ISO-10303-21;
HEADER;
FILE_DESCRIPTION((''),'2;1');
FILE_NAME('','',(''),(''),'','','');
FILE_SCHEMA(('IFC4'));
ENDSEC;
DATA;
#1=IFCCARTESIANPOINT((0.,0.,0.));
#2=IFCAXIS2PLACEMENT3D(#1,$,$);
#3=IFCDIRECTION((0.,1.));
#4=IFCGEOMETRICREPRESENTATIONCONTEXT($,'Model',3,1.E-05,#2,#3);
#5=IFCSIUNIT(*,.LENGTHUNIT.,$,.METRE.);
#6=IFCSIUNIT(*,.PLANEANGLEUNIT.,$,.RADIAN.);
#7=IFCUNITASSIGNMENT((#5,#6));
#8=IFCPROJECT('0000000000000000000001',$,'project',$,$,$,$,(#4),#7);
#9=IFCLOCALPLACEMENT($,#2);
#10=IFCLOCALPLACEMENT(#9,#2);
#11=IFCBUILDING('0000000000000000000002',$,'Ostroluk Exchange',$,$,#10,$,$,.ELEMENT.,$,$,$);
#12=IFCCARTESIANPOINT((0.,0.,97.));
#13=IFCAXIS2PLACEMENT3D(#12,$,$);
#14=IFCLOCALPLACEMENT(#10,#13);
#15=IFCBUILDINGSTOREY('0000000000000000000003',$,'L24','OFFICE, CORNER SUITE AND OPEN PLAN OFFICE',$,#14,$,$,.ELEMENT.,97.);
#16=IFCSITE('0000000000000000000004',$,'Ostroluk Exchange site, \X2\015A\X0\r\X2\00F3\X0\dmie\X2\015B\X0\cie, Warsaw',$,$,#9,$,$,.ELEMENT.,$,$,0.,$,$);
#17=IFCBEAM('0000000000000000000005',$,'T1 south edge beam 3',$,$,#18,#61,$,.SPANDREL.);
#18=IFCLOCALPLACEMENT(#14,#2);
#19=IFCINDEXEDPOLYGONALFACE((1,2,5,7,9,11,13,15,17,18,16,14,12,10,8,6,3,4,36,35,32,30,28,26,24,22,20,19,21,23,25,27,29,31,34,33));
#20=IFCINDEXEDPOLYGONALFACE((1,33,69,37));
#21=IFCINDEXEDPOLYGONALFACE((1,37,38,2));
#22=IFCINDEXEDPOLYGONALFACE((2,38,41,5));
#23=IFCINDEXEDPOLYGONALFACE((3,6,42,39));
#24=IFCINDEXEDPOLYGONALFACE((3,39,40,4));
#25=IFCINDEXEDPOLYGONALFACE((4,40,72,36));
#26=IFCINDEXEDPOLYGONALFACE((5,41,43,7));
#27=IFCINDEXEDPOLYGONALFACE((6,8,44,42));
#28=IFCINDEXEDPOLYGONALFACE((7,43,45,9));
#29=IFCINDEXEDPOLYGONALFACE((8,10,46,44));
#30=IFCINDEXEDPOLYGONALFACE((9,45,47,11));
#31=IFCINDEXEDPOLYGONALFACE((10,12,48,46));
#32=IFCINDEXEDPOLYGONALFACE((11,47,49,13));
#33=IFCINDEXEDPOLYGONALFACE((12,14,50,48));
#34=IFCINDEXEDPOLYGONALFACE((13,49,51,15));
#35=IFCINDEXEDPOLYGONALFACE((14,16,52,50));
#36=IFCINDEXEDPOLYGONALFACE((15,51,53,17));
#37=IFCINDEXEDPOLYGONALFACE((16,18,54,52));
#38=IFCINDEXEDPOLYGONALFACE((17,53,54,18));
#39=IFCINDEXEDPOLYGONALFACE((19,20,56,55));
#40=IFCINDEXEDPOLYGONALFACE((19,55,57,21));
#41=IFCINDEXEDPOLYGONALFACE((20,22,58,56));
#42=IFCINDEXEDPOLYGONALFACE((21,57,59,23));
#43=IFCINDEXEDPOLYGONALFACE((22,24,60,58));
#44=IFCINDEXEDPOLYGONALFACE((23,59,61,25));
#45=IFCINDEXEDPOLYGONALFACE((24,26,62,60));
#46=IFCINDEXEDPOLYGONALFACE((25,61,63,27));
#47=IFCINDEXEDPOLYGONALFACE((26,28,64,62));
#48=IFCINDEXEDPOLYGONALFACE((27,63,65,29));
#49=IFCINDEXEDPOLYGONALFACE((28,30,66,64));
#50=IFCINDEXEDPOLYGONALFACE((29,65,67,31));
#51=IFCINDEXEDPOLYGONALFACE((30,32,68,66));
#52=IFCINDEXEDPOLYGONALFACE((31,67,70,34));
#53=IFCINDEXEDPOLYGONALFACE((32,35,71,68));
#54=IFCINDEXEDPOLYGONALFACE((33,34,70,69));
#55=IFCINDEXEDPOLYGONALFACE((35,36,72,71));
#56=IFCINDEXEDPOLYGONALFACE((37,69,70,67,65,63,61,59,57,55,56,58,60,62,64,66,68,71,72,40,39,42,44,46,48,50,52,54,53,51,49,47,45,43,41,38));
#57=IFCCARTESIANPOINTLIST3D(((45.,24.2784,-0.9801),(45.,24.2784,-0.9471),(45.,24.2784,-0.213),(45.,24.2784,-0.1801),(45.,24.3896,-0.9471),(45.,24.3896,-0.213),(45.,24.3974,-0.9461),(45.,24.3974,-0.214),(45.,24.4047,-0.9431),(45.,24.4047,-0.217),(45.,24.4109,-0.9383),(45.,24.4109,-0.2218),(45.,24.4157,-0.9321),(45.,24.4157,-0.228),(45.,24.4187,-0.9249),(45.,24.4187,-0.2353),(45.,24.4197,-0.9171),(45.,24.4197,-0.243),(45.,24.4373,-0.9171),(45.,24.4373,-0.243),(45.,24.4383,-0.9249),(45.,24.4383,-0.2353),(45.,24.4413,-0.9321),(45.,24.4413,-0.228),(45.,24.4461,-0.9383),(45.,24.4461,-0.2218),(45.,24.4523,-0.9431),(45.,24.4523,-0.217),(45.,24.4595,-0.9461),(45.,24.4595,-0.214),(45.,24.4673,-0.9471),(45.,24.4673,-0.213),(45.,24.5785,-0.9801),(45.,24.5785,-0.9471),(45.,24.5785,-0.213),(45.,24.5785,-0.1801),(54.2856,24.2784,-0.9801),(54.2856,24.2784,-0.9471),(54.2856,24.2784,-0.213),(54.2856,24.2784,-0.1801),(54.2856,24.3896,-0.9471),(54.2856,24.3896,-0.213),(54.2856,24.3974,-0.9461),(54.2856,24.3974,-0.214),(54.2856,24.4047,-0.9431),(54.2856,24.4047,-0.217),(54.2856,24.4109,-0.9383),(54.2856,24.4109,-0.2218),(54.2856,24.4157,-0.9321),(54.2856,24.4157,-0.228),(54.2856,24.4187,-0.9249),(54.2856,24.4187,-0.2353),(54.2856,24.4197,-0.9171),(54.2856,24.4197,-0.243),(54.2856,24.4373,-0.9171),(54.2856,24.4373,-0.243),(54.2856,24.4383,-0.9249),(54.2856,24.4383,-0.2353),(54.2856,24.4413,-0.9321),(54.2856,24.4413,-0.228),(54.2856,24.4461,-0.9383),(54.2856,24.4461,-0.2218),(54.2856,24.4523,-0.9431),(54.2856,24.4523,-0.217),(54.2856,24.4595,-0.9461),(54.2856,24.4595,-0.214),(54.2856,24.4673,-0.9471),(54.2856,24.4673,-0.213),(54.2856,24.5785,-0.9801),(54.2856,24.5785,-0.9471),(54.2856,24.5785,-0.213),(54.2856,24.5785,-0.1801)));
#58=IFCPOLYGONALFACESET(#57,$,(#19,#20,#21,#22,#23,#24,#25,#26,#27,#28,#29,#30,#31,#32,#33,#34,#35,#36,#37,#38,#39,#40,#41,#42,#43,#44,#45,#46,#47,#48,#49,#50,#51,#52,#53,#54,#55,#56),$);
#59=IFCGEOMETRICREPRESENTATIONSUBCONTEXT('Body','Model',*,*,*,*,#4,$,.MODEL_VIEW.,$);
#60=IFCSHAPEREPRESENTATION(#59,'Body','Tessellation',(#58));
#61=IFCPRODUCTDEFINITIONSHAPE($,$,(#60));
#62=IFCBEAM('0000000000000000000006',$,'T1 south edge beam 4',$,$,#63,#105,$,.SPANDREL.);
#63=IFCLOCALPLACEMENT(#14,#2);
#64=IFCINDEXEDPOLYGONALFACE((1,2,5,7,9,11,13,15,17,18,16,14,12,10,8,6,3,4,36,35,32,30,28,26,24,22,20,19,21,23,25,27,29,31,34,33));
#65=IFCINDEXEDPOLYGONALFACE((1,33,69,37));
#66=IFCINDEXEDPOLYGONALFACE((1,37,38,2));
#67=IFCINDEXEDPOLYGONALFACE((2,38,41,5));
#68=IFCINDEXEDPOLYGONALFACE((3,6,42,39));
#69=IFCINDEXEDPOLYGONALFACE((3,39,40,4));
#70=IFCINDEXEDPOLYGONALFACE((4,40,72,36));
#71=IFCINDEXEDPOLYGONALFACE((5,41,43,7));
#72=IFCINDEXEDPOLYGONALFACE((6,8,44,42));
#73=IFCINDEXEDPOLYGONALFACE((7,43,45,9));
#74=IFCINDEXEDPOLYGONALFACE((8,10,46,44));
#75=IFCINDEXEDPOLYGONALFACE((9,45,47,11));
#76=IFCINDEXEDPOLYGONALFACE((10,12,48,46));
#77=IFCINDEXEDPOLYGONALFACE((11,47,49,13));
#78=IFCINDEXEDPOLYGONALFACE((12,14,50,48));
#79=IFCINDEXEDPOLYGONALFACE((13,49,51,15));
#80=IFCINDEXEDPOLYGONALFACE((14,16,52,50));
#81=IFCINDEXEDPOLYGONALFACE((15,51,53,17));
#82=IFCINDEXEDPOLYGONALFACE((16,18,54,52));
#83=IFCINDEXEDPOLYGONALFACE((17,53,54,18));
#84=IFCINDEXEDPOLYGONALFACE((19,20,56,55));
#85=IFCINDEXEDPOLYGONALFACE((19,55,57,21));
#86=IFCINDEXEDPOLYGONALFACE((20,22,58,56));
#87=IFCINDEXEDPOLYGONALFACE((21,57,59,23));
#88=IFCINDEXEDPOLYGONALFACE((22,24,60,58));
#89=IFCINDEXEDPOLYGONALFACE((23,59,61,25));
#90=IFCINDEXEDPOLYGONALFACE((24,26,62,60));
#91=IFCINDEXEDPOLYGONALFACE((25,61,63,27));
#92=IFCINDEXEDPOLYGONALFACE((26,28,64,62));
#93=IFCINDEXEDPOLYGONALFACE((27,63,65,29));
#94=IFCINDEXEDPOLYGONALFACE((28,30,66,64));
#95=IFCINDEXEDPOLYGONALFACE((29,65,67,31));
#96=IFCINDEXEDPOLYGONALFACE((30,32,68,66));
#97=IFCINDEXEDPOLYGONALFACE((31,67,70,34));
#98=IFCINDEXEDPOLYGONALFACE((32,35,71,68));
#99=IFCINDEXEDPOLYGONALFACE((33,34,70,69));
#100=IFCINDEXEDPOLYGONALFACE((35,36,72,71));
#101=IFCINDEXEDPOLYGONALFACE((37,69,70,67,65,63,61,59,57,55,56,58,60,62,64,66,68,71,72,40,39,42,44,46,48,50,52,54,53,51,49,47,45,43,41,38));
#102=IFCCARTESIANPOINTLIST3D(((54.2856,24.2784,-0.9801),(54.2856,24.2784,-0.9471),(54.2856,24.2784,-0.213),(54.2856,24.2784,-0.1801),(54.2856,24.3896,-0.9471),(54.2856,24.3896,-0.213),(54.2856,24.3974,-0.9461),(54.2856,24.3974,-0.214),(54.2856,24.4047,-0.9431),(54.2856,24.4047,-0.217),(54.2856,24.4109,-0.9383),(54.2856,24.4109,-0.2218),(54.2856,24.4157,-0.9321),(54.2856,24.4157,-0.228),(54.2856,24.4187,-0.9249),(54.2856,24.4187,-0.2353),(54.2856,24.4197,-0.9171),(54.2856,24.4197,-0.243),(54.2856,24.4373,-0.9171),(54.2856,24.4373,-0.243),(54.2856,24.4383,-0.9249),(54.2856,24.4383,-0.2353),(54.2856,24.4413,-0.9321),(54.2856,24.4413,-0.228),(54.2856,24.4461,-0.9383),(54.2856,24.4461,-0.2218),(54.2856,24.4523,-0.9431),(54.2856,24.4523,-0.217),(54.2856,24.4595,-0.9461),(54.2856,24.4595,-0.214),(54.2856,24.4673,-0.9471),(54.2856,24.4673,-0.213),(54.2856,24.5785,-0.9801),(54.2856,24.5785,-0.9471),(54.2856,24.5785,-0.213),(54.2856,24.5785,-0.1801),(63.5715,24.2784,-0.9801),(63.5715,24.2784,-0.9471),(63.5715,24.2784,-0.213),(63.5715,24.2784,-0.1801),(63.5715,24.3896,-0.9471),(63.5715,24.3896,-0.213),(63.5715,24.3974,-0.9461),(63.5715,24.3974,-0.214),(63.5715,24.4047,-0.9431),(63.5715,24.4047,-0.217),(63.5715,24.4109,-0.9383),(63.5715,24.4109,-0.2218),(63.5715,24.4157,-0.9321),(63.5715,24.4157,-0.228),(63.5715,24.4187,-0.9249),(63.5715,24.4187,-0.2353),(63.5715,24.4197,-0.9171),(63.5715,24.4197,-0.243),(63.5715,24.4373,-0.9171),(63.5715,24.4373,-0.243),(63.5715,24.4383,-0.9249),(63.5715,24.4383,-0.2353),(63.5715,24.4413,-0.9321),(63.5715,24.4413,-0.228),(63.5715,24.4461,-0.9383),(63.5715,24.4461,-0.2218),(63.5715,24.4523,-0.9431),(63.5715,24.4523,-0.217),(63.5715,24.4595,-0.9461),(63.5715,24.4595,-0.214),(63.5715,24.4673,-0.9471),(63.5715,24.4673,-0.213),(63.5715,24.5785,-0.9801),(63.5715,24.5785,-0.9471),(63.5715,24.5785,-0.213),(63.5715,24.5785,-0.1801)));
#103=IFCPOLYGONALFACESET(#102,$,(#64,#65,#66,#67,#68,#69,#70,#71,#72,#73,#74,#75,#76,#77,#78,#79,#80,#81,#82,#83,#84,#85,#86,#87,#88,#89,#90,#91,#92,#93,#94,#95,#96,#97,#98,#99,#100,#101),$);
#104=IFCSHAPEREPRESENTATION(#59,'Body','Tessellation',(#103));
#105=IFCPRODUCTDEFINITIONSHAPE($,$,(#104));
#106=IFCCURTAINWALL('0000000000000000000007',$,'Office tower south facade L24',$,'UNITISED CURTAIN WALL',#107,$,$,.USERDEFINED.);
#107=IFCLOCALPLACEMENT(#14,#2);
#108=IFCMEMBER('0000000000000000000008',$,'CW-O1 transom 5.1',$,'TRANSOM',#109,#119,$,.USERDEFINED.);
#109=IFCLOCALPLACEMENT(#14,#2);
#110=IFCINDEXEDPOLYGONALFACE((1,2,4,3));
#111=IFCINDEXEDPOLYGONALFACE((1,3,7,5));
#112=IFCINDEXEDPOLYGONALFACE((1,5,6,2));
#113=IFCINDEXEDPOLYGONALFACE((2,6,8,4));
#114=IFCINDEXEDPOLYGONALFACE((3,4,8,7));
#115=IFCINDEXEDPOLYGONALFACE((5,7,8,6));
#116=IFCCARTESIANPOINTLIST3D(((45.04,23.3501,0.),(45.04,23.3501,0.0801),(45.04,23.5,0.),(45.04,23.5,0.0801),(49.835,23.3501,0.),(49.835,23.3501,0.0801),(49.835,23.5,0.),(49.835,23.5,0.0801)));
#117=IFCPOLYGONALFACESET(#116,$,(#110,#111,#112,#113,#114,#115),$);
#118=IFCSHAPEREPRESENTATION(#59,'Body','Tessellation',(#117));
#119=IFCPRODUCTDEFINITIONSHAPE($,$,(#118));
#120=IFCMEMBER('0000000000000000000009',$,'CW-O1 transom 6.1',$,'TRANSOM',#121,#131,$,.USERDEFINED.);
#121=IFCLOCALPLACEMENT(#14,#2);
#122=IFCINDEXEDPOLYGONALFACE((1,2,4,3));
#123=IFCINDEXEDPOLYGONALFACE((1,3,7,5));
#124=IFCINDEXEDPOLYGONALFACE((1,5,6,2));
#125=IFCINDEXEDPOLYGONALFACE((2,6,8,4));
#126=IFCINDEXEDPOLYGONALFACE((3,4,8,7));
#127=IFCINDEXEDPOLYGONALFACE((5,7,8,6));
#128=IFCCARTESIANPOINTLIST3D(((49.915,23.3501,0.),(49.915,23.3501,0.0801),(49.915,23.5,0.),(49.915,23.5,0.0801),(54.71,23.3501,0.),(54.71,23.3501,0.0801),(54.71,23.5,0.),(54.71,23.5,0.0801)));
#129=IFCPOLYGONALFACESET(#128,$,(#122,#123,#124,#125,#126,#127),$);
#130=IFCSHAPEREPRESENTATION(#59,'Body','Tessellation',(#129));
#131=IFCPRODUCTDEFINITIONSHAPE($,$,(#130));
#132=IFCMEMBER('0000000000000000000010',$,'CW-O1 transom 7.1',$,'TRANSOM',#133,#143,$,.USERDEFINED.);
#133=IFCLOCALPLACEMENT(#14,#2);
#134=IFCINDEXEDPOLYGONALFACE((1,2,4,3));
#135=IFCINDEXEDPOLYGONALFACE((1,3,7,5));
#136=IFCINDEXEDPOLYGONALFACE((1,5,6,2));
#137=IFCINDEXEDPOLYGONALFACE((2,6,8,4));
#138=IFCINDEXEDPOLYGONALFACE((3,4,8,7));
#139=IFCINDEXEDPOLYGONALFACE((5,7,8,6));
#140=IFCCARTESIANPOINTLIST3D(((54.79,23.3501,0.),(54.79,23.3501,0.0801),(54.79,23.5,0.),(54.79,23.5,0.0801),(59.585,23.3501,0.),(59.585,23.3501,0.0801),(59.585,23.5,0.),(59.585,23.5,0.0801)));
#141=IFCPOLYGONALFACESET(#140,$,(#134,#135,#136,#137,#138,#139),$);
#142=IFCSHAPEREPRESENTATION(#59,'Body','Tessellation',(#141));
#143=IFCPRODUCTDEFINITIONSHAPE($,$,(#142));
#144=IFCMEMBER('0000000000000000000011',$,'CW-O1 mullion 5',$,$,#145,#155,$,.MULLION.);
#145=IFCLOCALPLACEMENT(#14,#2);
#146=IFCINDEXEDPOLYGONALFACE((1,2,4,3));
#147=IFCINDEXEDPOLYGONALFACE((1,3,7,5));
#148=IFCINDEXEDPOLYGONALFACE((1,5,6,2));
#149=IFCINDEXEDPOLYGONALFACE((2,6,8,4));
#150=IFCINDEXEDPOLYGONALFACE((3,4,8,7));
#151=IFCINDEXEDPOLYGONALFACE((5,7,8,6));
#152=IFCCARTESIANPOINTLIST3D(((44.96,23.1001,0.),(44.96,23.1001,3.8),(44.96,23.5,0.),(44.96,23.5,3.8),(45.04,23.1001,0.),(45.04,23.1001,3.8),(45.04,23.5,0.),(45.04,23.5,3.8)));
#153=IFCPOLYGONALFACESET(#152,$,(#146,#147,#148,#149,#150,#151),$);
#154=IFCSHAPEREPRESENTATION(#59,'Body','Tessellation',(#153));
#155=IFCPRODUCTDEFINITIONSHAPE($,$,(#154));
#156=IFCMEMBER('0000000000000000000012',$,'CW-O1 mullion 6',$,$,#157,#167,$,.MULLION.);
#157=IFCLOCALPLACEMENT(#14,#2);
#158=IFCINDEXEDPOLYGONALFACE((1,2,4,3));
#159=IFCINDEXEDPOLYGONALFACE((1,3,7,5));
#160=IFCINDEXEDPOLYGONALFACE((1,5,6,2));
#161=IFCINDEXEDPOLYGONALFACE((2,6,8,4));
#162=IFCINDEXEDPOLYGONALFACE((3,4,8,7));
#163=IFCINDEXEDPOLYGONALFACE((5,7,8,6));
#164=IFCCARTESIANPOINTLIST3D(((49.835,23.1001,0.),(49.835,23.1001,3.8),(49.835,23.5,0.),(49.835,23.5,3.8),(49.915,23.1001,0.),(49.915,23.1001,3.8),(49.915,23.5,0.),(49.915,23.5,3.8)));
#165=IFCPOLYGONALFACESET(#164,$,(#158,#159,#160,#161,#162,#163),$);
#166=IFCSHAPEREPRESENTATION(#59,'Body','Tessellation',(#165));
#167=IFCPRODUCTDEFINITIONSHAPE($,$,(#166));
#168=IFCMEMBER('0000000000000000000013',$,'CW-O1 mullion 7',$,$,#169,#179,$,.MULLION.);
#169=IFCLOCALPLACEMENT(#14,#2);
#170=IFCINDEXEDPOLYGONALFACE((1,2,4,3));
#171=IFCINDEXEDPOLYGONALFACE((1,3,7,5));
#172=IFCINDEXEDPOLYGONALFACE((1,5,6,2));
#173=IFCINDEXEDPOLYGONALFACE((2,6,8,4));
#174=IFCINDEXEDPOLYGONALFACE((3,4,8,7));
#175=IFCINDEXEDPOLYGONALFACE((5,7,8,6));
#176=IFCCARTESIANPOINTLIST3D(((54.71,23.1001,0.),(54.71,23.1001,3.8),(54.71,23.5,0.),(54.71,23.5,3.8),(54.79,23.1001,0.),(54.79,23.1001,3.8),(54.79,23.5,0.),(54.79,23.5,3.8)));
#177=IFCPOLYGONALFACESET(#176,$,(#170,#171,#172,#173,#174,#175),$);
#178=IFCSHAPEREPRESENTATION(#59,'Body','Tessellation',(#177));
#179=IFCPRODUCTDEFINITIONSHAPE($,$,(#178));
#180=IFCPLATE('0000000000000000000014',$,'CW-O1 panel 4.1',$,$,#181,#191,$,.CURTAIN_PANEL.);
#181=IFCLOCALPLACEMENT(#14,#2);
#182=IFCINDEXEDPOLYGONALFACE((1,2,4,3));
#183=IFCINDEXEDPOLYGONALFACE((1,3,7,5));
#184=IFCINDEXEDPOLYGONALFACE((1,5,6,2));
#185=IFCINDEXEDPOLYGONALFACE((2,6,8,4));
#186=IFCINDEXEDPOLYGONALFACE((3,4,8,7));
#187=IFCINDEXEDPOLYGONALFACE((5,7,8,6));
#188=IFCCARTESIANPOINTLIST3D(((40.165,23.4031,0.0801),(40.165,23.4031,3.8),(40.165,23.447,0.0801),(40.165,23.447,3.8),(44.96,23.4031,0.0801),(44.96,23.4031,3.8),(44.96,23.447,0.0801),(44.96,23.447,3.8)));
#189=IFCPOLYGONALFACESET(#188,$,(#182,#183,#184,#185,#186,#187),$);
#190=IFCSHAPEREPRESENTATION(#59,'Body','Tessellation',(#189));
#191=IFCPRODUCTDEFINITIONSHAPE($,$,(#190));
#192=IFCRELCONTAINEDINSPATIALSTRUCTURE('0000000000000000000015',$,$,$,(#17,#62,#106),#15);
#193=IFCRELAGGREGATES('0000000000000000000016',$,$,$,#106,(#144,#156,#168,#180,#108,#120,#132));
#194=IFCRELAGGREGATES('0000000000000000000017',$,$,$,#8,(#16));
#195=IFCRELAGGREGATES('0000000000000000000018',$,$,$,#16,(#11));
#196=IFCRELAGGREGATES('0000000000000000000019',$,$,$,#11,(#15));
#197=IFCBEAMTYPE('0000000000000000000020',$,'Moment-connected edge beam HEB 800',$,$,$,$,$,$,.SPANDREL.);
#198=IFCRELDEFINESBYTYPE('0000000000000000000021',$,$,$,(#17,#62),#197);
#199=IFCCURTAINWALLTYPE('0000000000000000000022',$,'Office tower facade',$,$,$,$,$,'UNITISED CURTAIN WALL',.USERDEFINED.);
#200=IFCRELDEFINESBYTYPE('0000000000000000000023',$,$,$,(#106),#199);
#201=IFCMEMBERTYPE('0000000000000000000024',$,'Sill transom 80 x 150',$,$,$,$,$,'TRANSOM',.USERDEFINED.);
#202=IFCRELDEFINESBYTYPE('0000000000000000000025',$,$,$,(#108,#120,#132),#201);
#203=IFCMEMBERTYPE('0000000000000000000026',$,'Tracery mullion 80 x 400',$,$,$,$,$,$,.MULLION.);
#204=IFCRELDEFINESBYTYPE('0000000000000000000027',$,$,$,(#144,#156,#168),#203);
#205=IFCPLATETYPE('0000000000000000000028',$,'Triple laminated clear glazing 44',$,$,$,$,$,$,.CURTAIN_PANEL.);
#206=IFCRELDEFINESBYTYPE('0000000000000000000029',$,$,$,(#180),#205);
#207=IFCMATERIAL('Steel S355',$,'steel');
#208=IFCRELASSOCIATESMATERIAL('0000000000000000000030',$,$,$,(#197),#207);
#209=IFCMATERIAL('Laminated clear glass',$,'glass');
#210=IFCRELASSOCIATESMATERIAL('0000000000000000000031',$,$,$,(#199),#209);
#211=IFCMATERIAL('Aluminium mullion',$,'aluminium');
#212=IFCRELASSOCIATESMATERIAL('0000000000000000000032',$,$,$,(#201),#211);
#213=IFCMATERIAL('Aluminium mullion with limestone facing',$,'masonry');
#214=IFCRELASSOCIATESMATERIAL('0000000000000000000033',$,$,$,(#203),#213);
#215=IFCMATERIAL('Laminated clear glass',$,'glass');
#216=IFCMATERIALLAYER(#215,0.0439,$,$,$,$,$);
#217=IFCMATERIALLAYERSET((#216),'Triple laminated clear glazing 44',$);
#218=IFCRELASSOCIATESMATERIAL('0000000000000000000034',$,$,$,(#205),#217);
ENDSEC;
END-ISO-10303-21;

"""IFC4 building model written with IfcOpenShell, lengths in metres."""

from ifc_helpers import new_model, si_unit, direction, frame, origin, origin_2d, place, context, subcontext, project, spatial, rectangle, i_section, extrude, material, layer, layer_set, material_profile, profile_set, type_object, element, aggregate, save


model = new_model("IFC4")

# Units and contexts
model_context = context("Model", 3, precision=1e-05, world=origin(), true_north=direction((0.0, 1.0)))
body_context = subcontext(model_context, "Body", "Model", "MODEL_VIEW")
ifc_project = project(units=[si_unit("LENGTHUNIT", "METRE"), si_unit("PLANEANGLEUNIT", "RADIAN")], contexts=[model_context])

# Site, building, storey
site_placement = place(None, origin())
site = spatial("IfcSite", under=ifc_project, at=site_placement, Name="Ostroluk Exchange site, Śródmieście, Warsaw", CompositionType="ELEMENT", RefElevation=0.0)
building_placement = place(site_placement, origin())
building = spatial("IfcBuilding", under=site, at=building_placement, Name="Ostroluk Exchange", CompositionType="ELEMENT")
storey_placement = place(building_placement, frame((0.0, 0.0, 97.0)))
storey = spatial("IfcBuildingStorey", under=building, at=storey_placement, Name="L24", Description="OFFICE, CORNER SUITE AND OPEN PLAN OFFICE", CompositionType="ELEMENT", Elevation=97.0)

# Beams
ifc_material_1 = material(Name="Steel S355", Category="steel")
ifc_material_profile_1 = material_profile(ifc_material_1, i_section(OverallWidth=0.3, OverallDepth=0.8, WebThickness=0.0176, FlangeThickness=0.033, FilletRadius=0.03, at=origin_2d()), Name="HEB 800")
ifc_profile_set_1 = profile_set([ifc_material_profile_1], Name="Steel S355")
beam_type_1 = type_object("IfcBeamType", Name="Moment-connected edge beam HEB 800", PredefinedType="SPANDREL", material=ifc_profile_set_1)
beam_1_placement = place(storey_placement, frame((45.0, 24.4285, -0.5801), z_axis=(1.0, 0.0, 0.0), x_axis=(0.0, 1.0, 0.0)))
element("IfcBeam", 1, at=beam_1_placement, inside=storey, type_object=beam_type_1, Name="T1 south edge beam 3", PredefinedType="SPANDREL", context=body_context, shape_type="SweptSolid", body=[
    extrude(i_section(OverallWidth=0.3, OverallDepth=0.8, WebThickness=0.0176, FlangeThickness=0.033, FilletRadius=0.03, at=origin_2d()), origin(), (0.0, 0.0, 1.0), 9.2856),
])
beam_2_placement = place(storey_placement, frame((54.2856, 24.4285, -0.5801), z_axis=(1.0, 0.0, 0.0), x_axis=(0.0, 1.0, 0.0)))
element("IfcBeam", 2, at=beam_2_placement, inside=storey, type_object=beam_type_1, Name="T1 south edge beam 4", PredefinedType="SPANDREL", context=body_context, shape_type="SweptSolid", body=[
    extrude(i_section(OverallWidth=0.3, OverallDepth=0.8, WebThickness=0.0176, FlangeThickness=0.033, FilletRadius=0.03, at=origin_2d()), origin(), (0.0, 0.0, 1.0), 9.2859),
])

# Curtain wall, members, plate
ifc_material_2 = material(Name="Laminated clear glass", Category="glass")
curtain_wall_type = type_object("IfcCurtainWallType", Name="Office tower facade", ElementType="UNITISED CURTAIN WALL", PredefinedType="USERDEFINED", material=ifc_material_2)
curtain_wall_placement = place(storey_placement, origin())
curtain_wall = element("IfcCurtainWall", 3, at=curtain_wall_placement, inside=storey, type_object=curtain_wall_type, Name="Office tower south facade L24", ObjectType="UNITISED CURTAIN WALL", PredefinedType="USERDEFINED")
ifc_material_3 = material(Name="Aluminium mullion", Category="aluminium")
ifc_material_profile_2 = material_profile(ifc_material_3, rectangle(XDim=0.1499, YDim=0.0801, at=origin_2d()), Name="Sill transom 80 x 150")
ifc_profile_set_2 = profile_set([ifc_material_profile_2], Name="Aluminium mullion")
member_type_1 = type_object("IfcMemberType", Name="Sill transom 80 x 150", ElementType="TRANSOM", PredefinedType="USERDEFINED", material=ifc_profile_set_2)
member_1_placement = place(storey_placement, frame((45.04, 23.425, 0.04), z_axis=(1.0, 0.0, 0.0), x_axis=(0.0, 1.0, 0.0)))
member_1 = element("IfcMember", 4, at=member_1_placement, type_object=member_type_1, Name="CW-O1 transom 5.1", ObjectType="TRANSOM", PredefinedType="USERDEFINED", context=body_context, shape_type="SweptSolid", body=[
    extrude(rectangle(XDim=0.1499, YDim=0.0801, at=origin_2d()), origin(), (0.0, 0.0, 1.0), 4.7949),
])
member_2_placement = place(storey_placement, frame((49.915, 23.425, 0.04), z_axis=(1.0, 0.0, 0.0), x_axis=(0.0, 1.0, 0.0)))
member_2 = element("IfcMember", 5, at=member_2_placement, type_object=member_type_1, Name="CW-O1 transom 6.1", ObjectType="TRANSOM", PredefinedType="USERDEFINED", context=body_context, shape_type="SweptSolid", body=[
    extrude(rectangle(XDim=0.1499, YDim=0.0801, at=origin_2d()), origin(), (0.0, 0.0, 1.0), 4.7949),
])
member_3_placement = place(storey_placement, frame((54.79, 23.425, 0.04), z_axis=(1.0, 0.0, 0.0), x_axis=(0.0, 1.0, 0.0)))
member_3 = element("IfcMember", 6, at=member_3_placement, type_object=member_type_1, Name="CW-O1 transom 7.1", ObjectType="TRANSOM", PredefinedType="USERDEFINED", context=body_context, shape_type="SweptSolid", body=[
    extrude(rectangle(XDim=0.1499, YDim=0.0801, at=origin_2d()), origin(), (0.0, 0.0, 1.0), 4.7949),
])
ifc_material_4 = material(Name="Aluminium mullion with limestone facing", Category="masonry")
ifc_material_profile_3 = material_profile(ifc_material_4, rectangle(XDim=0.3999, YDim=0.0801, at=origin_2d()), Name="Tracery mullion 80 x 400")
ifc_profile_set_3 = profile_set([ifc_material_profile_3], Name="Aluminium mullion with limestone facing")
member_type_2 = type_object("IfcMemberType", Name="Tracery mullion 80 x 400", PredefinedType="MULLION", material=ifc_profile_set_3)
member_4_placement = place(storey_placement, frame((45.0, 23.3, 0.0), z_axis=(0.0, 0.0, 1.0), x_axis=(0.0, 1.0, 0.0)))
member_4 = element("IfcMember", 7, at=member_4_placement, type_object=member_type_2, Name="CW-O1 mullion 5", PredefinedType="MULLION", context=body_context, shape_type="SweptSolid", body=[
    extrude(rectangle(XDim=0.3999, YDim=0.0801, at=origin_2d()), origin(), (0.0, 0.0, 1.0), 3.8),
])
member_5_placement = place(storey_placement, frame((49.875, 23.3, 0.0), z_axis=(0.0, 0.0, 1.0), x_axis=(0.0, 1.0, 0.0)))
member_5 = element("IfcMember", 8, at=member_5_placement, type_object=member_type_2, Name="CW-O1 mullion 6", PredefinedType="MULLION", context=body_context, shape_type="SweptSolid", body=[
    extrude(rectangle(XDim=0.3999, YDim=0.0801, at=origin_2d()), origin(), (0.0, 0.0, 1.0), 3.8),
])
member_6_placement = place(storey_placement, frame((54.75, 23.3, 0.0), z_axis=(0.0, 0.0, 1.0), x_axis=(0.0, 1.0, 0.0)))
member_6 = element("IfcMember", 9, at=member_6_placement, type_object=member_type_2, Name="CW-O1 mullion 7", PredefinedType="MULLION", context=body_context, shape_type="SweptSolid", body=[
    extrude(rectangle(XDim=0.3999, YDim=0.0801, at=origin_2d()), origin(), (0.0, 0.0, 1.0), 3.8),
])
ifc_material_5 = material(Name="Laminated clear glass", Category="glass")
ifc_layer_1 = layer(ifc_material_5, 0.0439)
ifc_layer_set_1 = layer_set([ifc_layer_1], Name="Triple laminated clear glazing 44")
plate_type = type_object("IfcPlateType", Name="Triple laminated clear glazing 44", PredefinedType="CURTAIN_PANEL", material=ifc_layer_set_1)
plate_1_placement = place(storey_placement, frame((42.5625, 23.425, 0.0801), z_axis=(0.0, 0.0, 1.0), x_axis=(1.0, 0.0, 0.0)))
plate_1 = element("IfcPlate", 10, at=plate_1_placement, type_object=plate_type, Name="CW-O1 panel 4.1", PredefinedType="CURTAIN_PANEL", context=body_context, shape_type="SweptSolid", body=[
    extrude(rectangle(XDim=4.7949, YDim=0.0439, at=origin_2d()), origin(), (0.0, 0.0, 1.0), 3.72),
])
aggregate(curtain_wall, [member_4, member_5, member_6, plate_1, member_1, member_2, member_3])

save(model, "model.ifc")
